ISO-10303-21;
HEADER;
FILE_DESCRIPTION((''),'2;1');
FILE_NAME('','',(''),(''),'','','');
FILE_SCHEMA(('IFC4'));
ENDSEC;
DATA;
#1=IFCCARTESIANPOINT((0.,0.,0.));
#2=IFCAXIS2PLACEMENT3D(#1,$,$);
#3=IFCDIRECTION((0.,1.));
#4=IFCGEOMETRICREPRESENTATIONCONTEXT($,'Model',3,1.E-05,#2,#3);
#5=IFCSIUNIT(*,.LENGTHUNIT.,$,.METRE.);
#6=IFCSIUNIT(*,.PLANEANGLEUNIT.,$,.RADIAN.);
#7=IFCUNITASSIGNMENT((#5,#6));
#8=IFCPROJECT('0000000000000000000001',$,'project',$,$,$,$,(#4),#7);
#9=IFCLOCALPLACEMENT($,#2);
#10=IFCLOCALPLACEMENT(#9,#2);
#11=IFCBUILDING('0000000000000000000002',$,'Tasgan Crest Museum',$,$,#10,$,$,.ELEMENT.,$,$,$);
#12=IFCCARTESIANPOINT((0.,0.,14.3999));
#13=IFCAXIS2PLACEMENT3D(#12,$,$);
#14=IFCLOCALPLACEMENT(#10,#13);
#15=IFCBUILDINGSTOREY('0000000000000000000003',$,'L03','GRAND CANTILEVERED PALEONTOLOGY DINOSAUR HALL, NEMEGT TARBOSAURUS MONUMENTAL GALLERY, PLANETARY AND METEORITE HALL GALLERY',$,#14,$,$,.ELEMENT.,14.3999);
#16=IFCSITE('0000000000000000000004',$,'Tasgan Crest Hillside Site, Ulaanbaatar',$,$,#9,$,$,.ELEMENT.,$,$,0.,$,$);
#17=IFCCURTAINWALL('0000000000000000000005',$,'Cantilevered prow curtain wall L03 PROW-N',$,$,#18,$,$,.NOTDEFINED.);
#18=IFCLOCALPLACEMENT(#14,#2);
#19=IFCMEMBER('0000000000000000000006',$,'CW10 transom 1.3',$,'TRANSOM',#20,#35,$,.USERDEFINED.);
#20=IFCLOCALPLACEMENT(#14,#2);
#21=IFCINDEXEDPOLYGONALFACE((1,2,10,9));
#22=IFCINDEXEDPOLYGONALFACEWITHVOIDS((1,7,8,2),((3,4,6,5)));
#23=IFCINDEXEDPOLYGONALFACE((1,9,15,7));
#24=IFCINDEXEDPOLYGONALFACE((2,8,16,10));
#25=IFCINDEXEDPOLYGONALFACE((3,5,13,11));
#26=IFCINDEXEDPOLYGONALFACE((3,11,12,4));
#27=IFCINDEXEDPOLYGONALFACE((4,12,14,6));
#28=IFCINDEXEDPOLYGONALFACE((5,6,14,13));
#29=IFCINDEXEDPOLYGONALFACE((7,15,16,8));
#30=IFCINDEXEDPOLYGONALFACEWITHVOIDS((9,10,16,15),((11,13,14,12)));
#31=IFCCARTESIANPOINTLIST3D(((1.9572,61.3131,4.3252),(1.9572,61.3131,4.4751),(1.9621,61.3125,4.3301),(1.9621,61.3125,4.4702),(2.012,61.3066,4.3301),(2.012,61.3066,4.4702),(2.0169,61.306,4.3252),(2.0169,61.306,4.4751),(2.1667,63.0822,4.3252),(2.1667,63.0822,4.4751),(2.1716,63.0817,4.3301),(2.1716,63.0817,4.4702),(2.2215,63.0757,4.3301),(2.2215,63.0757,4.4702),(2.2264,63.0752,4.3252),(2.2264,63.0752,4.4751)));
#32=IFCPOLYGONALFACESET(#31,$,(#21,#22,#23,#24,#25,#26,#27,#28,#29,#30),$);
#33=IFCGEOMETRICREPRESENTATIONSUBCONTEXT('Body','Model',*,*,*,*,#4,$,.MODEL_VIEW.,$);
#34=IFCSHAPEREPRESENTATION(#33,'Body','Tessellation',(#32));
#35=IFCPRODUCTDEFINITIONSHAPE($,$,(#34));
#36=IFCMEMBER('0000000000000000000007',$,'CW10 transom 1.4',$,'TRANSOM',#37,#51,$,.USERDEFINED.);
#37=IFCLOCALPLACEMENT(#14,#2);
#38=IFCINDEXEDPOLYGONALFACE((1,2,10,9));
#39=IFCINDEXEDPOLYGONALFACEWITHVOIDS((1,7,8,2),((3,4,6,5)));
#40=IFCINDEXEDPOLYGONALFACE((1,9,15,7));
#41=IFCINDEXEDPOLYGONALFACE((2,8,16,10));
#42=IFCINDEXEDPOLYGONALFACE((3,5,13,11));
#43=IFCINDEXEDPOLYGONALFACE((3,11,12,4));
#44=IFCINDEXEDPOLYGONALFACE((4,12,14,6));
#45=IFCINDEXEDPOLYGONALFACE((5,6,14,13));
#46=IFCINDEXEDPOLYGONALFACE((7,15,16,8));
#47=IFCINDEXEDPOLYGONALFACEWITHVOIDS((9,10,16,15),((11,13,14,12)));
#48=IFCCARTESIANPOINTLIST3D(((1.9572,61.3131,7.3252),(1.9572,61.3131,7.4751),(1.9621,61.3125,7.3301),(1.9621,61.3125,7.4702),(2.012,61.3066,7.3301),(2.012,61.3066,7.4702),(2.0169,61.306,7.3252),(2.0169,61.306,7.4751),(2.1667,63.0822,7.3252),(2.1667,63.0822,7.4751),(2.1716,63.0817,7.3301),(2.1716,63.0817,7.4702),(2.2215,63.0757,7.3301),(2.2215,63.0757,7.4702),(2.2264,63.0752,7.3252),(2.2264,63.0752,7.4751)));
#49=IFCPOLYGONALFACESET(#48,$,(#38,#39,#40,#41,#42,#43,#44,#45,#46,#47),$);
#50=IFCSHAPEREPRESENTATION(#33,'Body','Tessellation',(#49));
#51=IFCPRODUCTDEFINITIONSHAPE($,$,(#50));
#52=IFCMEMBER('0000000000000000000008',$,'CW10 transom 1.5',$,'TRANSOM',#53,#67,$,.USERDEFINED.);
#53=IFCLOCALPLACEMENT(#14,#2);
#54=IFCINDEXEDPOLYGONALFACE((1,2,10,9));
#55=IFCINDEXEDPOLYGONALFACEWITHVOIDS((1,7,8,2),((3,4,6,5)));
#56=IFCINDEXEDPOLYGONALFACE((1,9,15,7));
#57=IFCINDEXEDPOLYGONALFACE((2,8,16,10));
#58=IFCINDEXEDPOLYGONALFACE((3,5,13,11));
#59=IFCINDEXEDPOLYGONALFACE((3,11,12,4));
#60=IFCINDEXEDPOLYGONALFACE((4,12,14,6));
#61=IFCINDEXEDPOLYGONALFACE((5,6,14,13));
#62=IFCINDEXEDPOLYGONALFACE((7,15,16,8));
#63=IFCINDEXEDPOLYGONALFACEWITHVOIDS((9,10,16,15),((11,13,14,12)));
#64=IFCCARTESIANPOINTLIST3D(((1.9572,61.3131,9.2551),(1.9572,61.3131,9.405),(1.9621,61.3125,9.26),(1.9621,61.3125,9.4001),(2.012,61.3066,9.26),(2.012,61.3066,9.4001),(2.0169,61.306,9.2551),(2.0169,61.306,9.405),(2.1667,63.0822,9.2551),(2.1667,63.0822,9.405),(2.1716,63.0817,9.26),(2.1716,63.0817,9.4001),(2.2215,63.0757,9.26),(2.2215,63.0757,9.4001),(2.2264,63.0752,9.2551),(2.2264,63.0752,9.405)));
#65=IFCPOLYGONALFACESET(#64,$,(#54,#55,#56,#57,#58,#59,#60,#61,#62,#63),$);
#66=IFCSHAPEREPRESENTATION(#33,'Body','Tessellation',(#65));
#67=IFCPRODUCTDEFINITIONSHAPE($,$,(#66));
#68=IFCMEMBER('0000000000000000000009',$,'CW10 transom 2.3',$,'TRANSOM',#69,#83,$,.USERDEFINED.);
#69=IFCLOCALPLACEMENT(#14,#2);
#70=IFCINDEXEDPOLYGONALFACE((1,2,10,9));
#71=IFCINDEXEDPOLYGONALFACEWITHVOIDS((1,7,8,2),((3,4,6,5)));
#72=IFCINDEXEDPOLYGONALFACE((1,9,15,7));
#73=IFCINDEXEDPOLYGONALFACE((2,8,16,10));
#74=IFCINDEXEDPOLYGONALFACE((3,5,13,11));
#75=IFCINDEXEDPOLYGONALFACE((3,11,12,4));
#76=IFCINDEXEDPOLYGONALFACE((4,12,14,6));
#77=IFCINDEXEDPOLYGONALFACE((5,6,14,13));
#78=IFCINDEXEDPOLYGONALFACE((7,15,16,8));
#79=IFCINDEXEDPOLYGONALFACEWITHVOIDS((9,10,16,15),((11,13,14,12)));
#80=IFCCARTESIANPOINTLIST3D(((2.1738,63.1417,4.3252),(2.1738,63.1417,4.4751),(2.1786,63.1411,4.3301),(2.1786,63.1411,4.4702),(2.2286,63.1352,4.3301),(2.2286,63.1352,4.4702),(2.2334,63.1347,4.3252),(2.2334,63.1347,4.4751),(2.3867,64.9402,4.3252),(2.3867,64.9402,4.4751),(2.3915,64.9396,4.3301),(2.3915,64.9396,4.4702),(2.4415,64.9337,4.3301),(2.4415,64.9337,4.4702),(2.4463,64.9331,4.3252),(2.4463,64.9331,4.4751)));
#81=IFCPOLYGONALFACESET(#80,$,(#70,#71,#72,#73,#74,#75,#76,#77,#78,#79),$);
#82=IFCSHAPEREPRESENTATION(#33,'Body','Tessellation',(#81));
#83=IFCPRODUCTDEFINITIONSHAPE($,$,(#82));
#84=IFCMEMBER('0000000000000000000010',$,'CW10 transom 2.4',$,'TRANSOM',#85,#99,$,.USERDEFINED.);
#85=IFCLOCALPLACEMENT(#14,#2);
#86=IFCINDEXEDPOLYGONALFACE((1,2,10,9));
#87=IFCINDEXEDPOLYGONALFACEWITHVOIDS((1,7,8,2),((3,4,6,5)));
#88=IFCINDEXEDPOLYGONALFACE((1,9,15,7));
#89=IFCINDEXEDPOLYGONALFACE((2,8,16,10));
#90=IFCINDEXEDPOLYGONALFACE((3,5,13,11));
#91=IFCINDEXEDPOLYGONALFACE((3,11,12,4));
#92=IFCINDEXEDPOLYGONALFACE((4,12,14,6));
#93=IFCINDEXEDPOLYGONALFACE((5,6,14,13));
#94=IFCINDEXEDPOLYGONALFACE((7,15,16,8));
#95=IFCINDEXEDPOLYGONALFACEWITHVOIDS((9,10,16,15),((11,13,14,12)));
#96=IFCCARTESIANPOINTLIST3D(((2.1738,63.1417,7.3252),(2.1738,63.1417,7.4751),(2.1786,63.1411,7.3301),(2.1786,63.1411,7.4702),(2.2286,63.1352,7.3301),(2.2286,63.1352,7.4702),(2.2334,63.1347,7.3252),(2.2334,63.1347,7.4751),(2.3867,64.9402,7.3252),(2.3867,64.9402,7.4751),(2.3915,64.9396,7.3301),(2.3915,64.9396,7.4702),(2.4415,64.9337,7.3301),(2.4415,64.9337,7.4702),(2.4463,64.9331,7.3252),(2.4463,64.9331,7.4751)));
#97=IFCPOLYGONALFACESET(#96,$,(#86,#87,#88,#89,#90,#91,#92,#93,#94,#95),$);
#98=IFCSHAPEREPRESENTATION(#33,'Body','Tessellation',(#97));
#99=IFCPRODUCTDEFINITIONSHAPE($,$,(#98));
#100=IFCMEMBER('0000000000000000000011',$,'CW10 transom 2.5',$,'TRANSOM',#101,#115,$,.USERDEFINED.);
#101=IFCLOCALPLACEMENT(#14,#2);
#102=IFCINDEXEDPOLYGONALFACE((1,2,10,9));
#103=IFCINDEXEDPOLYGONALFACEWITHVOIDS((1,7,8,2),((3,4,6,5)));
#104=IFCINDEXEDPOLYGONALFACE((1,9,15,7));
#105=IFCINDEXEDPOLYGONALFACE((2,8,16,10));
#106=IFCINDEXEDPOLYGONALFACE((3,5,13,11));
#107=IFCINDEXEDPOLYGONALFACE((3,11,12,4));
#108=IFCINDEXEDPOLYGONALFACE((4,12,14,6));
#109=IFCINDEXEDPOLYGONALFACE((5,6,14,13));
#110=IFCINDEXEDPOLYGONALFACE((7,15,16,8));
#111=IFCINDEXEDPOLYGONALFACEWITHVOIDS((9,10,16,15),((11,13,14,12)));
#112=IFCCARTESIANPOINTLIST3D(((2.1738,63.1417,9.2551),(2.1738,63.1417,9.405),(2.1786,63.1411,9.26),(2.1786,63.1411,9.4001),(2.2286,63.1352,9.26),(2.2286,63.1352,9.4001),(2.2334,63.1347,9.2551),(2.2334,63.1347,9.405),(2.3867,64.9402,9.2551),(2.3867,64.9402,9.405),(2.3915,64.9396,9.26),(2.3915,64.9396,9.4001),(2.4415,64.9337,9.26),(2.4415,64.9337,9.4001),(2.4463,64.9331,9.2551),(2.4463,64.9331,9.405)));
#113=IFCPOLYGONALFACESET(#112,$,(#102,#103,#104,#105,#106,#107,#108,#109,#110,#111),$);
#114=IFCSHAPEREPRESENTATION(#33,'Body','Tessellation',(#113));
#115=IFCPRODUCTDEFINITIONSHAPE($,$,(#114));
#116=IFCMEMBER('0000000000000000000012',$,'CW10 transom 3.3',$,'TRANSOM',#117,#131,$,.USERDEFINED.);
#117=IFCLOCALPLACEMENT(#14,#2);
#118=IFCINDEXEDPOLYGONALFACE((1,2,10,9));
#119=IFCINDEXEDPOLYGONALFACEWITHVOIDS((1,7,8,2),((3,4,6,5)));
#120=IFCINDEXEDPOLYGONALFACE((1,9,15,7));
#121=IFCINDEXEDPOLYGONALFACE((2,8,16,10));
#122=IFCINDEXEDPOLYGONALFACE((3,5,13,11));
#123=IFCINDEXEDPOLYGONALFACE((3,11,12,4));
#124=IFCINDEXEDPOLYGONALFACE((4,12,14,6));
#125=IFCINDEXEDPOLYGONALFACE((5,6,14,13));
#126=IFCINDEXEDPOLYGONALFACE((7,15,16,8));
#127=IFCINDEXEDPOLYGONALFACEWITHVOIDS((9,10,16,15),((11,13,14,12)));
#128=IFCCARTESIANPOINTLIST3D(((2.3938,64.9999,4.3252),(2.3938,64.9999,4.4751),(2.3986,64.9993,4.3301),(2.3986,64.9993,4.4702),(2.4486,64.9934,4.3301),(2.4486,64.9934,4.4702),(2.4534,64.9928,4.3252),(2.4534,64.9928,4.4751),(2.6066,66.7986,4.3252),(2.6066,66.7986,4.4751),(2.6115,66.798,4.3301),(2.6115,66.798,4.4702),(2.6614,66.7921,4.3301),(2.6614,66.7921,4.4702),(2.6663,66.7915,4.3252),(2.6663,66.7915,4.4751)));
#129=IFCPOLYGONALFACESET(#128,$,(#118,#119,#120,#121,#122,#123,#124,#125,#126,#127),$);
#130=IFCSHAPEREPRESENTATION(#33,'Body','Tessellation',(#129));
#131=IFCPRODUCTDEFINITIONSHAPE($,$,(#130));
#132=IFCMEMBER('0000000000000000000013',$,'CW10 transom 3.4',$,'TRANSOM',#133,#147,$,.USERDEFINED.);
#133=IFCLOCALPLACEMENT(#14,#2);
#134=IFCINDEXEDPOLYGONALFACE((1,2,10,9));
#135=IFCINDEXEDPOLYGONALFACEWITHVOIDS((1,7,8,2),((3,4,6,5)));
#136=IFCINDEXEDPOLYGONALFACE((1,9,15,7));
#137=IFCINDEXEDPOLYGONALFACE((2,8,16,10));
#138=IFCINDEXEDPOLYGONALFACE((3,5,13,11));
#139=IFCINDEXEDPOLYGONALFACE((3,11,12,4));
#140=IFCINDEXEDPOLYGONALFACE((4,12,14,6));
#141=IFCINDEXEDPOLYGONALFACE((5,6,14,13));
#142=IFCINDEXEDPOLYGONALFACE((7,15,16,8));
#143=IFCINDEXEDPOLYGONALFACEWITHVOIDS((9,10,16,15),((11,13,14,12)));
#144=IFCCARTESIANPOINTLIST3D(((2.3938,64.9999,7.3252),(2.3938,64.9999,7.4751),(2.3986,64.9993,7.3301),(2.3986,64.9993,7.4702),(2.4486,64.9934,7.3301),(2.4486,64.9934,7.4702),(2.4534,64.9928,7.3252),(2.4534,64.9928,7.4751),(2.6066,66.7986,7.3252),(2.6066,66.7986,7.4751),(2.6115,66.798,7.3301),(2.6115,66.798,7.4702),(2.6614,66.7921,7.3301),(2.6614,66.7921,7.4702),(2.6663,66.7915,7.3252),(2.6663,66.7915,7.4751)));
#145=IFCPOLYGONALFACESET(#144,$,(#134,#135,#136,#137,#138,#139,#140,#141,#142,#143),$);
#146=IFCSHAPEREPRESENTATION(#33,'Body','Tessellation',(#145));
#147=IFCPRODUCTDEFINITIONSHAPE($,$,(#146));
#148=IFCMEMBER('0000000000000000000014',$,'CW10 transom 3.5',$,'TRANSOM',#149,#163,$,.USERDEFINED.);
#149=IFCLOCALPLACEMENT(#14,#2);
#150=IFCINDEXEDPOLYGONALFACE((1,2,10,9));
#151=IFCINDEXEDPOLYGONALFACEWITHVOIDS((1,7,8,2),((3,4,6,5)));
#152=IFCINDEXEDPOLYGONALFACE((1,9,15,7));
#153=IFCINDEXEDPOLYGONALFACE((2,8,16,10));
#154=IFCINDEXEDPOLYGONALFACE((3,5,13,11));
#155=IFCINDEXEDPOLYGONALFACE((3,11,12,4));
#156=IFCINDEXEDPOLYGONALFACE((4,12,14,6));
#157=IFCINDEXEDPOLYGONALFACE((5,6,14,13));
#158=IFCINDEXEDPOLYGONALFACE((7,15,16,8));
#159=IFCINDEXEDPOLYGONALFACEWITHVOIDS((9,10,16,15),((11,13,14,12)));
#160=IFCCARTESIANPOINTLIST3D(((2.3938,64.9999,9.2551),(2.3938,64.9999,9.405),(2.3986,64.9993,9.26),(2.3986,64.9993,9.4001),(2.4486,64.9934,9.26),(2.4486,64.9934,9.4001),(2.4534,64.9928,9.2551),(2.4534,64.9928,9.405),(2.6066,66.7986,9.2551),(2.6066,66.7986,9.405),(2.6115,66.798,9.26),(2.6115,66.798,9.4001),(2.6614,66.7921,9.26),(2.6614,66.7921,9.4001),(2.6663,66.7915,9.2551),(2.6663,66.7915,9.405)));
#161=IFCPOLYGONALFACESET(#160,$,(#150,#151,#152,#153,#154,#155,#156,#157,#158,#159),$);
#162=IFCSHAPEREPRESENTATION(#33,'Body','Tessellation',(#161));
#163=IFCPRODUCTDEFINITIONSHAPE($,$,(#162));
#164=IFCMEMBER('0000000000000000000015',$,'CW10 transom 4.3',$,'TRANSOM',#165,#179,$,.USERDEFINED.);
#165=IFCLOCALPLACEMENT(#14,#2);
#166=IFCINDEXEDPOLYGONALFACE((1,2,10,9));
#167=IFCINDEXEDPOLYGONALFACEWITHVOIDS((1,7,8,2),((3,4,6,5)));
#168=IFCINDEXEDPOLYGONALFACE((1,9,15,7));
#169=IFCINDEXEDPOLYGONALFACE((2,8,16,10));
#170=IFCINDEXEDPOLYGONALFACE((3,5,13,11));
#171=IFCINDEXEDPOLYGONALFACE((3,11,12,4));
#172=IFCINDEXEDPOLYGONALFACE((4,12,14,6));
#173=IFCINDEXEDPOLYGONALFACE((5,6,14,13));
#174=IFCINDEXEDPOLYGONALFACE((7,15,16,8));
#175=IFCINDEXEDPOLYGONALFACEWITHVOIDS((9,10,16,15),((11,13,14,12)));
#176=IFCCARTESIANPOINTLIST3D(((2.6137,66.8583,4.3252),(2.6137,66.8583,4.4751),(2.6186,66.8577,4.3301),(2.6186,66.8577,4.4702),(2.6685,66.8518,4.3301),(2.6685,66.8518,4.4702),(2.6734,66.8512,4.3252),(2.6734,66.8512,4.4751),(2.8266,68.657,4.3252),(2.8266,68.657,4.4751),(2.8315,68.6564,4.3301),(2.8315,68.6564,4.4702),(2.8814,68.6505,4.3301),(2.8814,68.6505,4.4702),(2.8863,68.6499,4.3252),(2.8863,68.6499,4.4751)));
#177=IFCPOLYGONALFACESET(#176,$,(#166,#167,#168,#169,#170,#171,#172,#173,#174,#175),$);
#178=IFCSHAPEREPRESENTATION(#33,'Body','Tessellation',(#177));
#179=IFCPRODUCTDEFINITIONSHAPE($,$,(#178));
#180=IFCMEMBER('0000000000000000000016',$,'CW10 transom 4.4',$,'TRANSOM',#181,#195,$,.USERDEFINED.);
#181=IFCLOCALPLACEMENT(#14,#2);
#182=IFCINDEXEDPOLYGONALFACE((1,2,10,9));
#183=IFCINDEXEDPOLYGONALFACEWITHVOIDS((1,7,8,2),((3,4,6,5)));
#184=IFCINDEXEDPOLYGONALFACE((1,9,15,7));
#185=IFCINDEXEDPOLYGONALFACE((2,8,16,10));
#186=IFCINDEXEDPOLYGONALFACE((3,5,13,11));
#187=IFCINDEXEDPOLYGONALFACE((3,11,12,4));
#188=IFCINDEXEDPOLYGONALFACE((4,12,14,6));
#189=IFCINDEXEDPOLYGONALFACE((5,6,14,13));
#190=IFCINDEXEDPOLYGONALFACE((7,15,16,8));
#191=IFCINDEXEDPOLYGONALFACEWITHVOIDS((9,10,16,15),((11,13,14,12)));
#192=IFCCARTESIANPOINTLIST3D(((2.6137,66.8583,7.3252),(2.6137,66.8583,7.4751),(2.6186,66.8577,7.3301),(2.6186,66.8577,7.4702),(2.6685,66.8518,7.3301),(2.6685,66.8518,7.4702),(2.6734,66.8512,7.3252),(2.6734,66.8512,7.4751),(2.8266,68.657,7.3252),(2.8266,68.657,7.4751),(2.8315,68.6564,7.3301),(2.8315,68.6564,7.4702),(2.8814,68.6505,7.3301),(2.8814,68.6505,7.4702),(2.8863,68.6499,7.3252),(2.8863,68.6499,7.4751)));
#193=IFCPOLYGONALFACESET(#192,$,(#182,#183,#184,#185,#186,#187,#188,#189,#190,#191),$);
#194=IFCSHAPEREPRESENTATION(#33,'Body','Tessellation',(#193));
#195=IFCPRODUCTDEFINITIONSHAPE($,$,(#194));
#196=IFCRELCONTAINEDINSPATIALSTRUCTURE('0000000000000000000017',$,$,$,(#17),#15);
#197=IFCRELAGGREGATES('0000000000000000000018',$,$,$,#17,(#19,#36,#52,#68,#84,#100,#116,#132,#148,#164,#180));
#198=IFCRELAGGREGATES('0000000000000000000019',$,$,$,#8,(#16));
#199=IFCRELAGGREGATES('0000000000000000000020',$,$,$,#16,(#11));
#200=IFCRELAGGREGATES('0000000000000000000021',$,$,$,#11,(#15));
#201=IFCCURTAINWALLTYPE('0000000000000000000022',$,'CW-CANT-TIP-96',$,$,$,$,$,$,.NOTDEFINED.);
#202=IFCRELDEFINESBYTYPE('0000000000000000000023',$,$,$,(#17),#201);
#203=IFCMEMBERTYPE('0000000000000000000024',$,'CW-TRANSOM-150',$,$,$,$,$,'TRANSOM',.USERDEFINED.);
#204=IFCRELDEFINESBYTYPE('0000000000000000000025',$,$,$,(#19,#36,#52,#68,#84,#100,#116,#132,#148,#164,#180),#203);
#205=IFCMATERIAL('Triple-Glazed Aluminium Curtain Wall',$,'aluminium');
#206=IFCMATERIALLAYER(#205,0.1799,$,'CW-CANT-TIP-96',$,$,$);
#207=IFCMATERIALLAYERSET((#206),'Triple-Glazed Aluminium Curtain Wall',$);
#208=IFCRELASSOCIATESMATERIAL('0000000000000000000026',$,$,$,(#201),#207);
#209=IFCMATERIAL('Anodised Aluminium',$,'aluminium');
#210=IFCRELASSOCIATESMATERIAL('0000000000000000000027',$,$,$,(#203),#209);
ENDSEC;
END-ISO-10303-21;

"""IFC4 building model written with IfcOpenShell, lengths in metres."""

from ifc_helpers import new_model, si_unit, direction, frame, origin, origin_2d, place, context, subcontext, project, spatial, hollow_rectangle, extrude, material, layer, layer_set, material_profile, profile_set, type_object, element, aggregate, save


model = new_model("IFC4")

# Units and contexts
model_context = context("Model", 3, precision=1e-05, world=origin(), true_north=direction((0.0, 1.0)))
body_context = subcontext(model_context, "Body", "Model", "MODEL_VIEW")
ifc_project = project(units=[si_unit("LENGTHUNIT", "METRE"), si_unit("PLANEANGLEUNIT", "RADIAN")], contexts=[model_context])

# Site, building, storey
site_placement = place(None, origin())
site = spatial("IfcSite", under=ifc_project, at=site_placement, Name="Tasgan Crest Hillside Site, Ulaanbaatar", CompositionType="ELEMENT", RefElevation=0.0)
building_placement = place(site_placement, origin())
building = spatial("IfcBuilding", under=site, at=building_placement, Name="Tasgan Crest Museum", CompositionType="ELEMENT")
storey_placement = place(building_placement, frame((0.0, 0.0, 14.3999)))
storey = spatial("IfcBuildingStorey", under=building, at=storey_placement, Name="L03", Description="GRAND CANTILEVERED PALEONTOLOGY DINOSAUR HALL, NEMEGT TARBOSAURUS MONUMENTAL GALLERY, PLANETARY AND METEORITE HALL GALLERY", CompositionType="ELEMENT", Elevation=14.3999)

# Curtain wall, members
ifc_material_1 = material(Name="Triple-Glazed Aluminium Curtain Wall", Category="aluminium")
ifc_layer_1 = layer(ifc_material_1, 0.1799, Name="CW-CANT-TIP-96")
ifc_layer_set_1 = layer_set([ifc_layer_1], Name="Triple-Glazed Aluminium Curtain Wall")
curtain_wall_type = type_object("IfcCurtainWallType", Name="CW-CANT-TIP-96", PredefinedType="NOTDEFINED", material=ifc_layer_set_1)
curtain_wall_placement = place(storey_placement, origin())
curtain_wall = element("IfcCurtainWall", 1, at=curtain_wall_placement, inside=storey, type_object=curtain_wall_type, Name="Cantilevered prow curtain wall L03 PROW-N", PredefinedType="NOTDEFINED")
ifc_material_2 = material(Name="Anodised Aluminium", Category="aluminium")
ifc_material_profile = material_profile(ifc_material_2, hollow_rectangle(XDim=0.0601, YDim=0.1499, WallThickness=0.0049, at=origin_2d()), Name="ALU TRANSOM 150x60x5")
ifc_profile_set = profile_set([ifc_material_profile], Name="Anodised Aluminium")
member_type = type_object("IfcMemberType", Name="CW-TRANSOM-150", ElementType="TRANSOM", PredefinedType="USERDEFINED", material=ifc_profile_set)
member_1_placement = place(storey_placement, frame((1.9871, 61.3096, 4.4001), z_axis=(0.117589, 0.993062, 0.0), x_axis=(-0.993062, 0.117589, 0.0)))
member_1 = element("IfcMember", 2, at=member_1_placement, type_object=member_type, Name="CW10 transom 1.3", ObjectType="TRANSOM", PredefinedType="USERDEFINED", context=body_context, shape_type="SweptSolid", body=[
    extrude(hollow_rectangle(XDim=0.0601, YDim=0.1499, WallThickness=0.0049, at=origin_2d()), origin(), (0.0, 0.0, 1.0), 1.7815),
])
member_2_placement = place(storey_placement, frame((1.9871, 61.3096, 7.4001), z_axis=(0.117589, 0.993062, 0.0), x_axis=(-0.993062, 0.117589, 0.0)))
member_2 = element("IfcMember", 3, at=member_2_placement, type_object=member_type, Name="CW10 transom 1.4", ObjectType="TRANSOM", PredefinedType="USERDEFINED", context=body_context, shape_type="SweptSolid", body=[
    extrude(hollow_rectangle(XDim=0.0601, YDim=0.1499, WallThickness=0.0049, at=origin_2d()), origin(), (0.0, 0.0, 1.0), 1.7815),
])
member_3_placement = place(storey_placement, frame((1.9871, 61.3096, 9.3301), z_axis=(0.117589, 0.993062, 0.0), x_axis=(-0.993062, 0.117589, 0.0)))
member_3 = element("IfcMember", 4, at=member_3_placement, type_object=member_type, Name="CW10 transom 1.5", ObjectType="TRANSOM", PredefinedType="USERDEFINED", context=body_context, shape_type="SweptSolid", body=[
    extrude(hollow_rectangle(XDim=0.0601, YDim=0.1499, WallThickness=0.0049, at=origin_2d()), origin(), (0.0, 0.0, 1.0), 1.7815),
])
member_4_placement = place(storey_placement, frame((2.2036, 63.1382, 4.4001), z_axis=(0.117545, 0.993068, 0.0), x_axis=(-0.993068, 0.117545, 0.0)))
member_4 = element("IfcMember", 5, at=member_4_placement, type_object=member_type, Name="CW10 transom 2.3", ObjectType="TRANSOM", PredefinedType="USERDEFINED", context=body_context, shape_type="SweptSolid", body=[
    extrude(hollow_rectangle(XDim=0.0601, YDim=0.1499, WallThickness=0.0049, at=origin_2d()), origin(), (0.0, 0.0, 1.0), 1.811),
])
member_5_placement = place(storey_placement, frame((2.2036, 63.1382, 7.4001), z_axis=(0.117545, 0.993068, 0.0), x_axis=(-0.993068, 0.117545, 0.0)))
member_5 = element("IfcMember", 6, at=member_5_placement, type_object=member_type, Name="CW10 transom 2.4", ObjectType="TRANSOM", PredefinedType="USERDEFINED", context=body_context, shape_type="SweptSolid", body=[
    extrude(hollow_rectangle(XDim=0.0601, YDim=0.1499, WallThickness=0.0049, at=origin_2d()), origin(), (0.0, 0.0, 1.0), 1.811),
])
member_6_placement = place(storey_placement, frame((2.2036, 63.1382, 9.3301), z_axis=(0.117545, 0.993068, 0.0), x_axis=(-0.993068, 0.117545, 0.0)))
member_6 = element("IfcMember", 7, at=member_6_placement, type_object=member_type, Name="CW10 transom 2.5", ObjectType="TRANSOM", PredefinedType="USERDEFINED", context=body_context, shape_type="SweptSolid", body=[
    extrude(hollow_rectangle(XDim=0.0601, YDim=0.1499, WallThickness=0.0049, at=origin_2d()), origin(), (0.0, 0.0, 1.0), 1.811),
])
member_7_placement = place(storey_placement, frame((2.4236, 64.9963, 4.4001), z_axis=(0.117529, 0.993069, 0.0), x_axis=(-0.993069, 0.117529, 0.0)))
member_7 = element("IfcMember", 8, at=member_7_placement, type_object=member_type, Name="CW10 transom 3.3", ObjectType="TRANSOM", PredefinedType="USERDEFINED", context=body_context, shape_type="SweptSolid", body=[
    extrude(hollow_rectangle(XDim=0.0601, YDim=0.1499, WallThickness=0.0049, at=origin_2d()), origin(), (0.0, 0.0, 1.0), 1.8113),
])
member_8_placement = place(storey_placement, frame((2.4236, 64.9963, 7.4001), z_axis=(0.117529, 0.993069, 0.0), x_axis=(-0.993069, 0.117529, 0.0)))
member_8 = element("IfcMember", 9, at=member_8_placement, type_object=member_type, Name="CW10 transom 3.4", ObjectType="TRANSOM", PredefinedType="USERDEFINED", context=body_context, shape_type="SweptSolid", body=[
    extrude(hollow_rectangle(XDim=0.0601, YDim=0.1499, WallThickness=0.0049, at=origin_2d()), origin(), (0.0, 0.0, 1.0), 1.8113),
])
member_9_placement = place(storey_placement, frame((2.4236, 64.9963, 9.3301), z_axis=(0.117529, 0.993069, 0.0), x_axis=(-0.993069, 0.117529, 0.0)))
member_9 = element("IfcMember", 10, at=member_9_placement, type_object=member_type, Name="CW10 transom 3.5", ObjectType="TRANSOM", PredefinedType="USERDEFINED", context=body_context, shape_type="SweptSolid", body=[
    extrude(hollow_rectangle(XDim=0.0601, YDim=0.1499, WallThickness=0.0049, at=origin_2d()), origin(), (0.0, 0.0, 1.0), 1.8113),
])
member_10_placement = place(storey_placement, frame((2.6436, 66.8547, 4.4001), z_axis=(0.117529, 0.993069, 0.0), x_axis=(-0.993069, 0.117529, 0.0)))
member_10 = element("IfcMember", 11, at=member_10_placement, type_object=member_type, Name="CW10 transom 4.3", ObjectType="TRANSOM", PredefinedType="USERDEFINED", context=body_context, shape_type="SweptSolid", body=[
    extrude(hollow_rectangle(XDim=0.0601, YDim=0.1499, WallThickness=0.0049, at=origin_2d()), origin(), (0.0, 0.0, 1.0), 1.8113),
])
member_11_placement = place(storey_placement, frame((2.6436, 66.8547, 7.4001), z_axis=(0.117529, 0.993069, 0.0), x_axis=(-0.993069, 0.117529, 0.0)))
member_11 = element("IfcMember", 12, at=member_11_placement, type_object=member_type, Name="CW10 transom 4.4", ObjectType="TRANSOM", PredefinedType="USERDEFINED", context=body_context, shape_type="SweptSolid", body=[
    extrude(hollow_rectangle(XDim=0.0601, YDim=0.1499, WallThickness=0.0049, at=origin_2d()), origin(), (0.0, 0.0, 1.0), 1.8113),
])
aggregate(curtain_wall, [member_1, member_2, member_3, member_4, member_5, member_6, member_7, member_8, member_9, member_10, member_11])

save(model, "model.ifc")
